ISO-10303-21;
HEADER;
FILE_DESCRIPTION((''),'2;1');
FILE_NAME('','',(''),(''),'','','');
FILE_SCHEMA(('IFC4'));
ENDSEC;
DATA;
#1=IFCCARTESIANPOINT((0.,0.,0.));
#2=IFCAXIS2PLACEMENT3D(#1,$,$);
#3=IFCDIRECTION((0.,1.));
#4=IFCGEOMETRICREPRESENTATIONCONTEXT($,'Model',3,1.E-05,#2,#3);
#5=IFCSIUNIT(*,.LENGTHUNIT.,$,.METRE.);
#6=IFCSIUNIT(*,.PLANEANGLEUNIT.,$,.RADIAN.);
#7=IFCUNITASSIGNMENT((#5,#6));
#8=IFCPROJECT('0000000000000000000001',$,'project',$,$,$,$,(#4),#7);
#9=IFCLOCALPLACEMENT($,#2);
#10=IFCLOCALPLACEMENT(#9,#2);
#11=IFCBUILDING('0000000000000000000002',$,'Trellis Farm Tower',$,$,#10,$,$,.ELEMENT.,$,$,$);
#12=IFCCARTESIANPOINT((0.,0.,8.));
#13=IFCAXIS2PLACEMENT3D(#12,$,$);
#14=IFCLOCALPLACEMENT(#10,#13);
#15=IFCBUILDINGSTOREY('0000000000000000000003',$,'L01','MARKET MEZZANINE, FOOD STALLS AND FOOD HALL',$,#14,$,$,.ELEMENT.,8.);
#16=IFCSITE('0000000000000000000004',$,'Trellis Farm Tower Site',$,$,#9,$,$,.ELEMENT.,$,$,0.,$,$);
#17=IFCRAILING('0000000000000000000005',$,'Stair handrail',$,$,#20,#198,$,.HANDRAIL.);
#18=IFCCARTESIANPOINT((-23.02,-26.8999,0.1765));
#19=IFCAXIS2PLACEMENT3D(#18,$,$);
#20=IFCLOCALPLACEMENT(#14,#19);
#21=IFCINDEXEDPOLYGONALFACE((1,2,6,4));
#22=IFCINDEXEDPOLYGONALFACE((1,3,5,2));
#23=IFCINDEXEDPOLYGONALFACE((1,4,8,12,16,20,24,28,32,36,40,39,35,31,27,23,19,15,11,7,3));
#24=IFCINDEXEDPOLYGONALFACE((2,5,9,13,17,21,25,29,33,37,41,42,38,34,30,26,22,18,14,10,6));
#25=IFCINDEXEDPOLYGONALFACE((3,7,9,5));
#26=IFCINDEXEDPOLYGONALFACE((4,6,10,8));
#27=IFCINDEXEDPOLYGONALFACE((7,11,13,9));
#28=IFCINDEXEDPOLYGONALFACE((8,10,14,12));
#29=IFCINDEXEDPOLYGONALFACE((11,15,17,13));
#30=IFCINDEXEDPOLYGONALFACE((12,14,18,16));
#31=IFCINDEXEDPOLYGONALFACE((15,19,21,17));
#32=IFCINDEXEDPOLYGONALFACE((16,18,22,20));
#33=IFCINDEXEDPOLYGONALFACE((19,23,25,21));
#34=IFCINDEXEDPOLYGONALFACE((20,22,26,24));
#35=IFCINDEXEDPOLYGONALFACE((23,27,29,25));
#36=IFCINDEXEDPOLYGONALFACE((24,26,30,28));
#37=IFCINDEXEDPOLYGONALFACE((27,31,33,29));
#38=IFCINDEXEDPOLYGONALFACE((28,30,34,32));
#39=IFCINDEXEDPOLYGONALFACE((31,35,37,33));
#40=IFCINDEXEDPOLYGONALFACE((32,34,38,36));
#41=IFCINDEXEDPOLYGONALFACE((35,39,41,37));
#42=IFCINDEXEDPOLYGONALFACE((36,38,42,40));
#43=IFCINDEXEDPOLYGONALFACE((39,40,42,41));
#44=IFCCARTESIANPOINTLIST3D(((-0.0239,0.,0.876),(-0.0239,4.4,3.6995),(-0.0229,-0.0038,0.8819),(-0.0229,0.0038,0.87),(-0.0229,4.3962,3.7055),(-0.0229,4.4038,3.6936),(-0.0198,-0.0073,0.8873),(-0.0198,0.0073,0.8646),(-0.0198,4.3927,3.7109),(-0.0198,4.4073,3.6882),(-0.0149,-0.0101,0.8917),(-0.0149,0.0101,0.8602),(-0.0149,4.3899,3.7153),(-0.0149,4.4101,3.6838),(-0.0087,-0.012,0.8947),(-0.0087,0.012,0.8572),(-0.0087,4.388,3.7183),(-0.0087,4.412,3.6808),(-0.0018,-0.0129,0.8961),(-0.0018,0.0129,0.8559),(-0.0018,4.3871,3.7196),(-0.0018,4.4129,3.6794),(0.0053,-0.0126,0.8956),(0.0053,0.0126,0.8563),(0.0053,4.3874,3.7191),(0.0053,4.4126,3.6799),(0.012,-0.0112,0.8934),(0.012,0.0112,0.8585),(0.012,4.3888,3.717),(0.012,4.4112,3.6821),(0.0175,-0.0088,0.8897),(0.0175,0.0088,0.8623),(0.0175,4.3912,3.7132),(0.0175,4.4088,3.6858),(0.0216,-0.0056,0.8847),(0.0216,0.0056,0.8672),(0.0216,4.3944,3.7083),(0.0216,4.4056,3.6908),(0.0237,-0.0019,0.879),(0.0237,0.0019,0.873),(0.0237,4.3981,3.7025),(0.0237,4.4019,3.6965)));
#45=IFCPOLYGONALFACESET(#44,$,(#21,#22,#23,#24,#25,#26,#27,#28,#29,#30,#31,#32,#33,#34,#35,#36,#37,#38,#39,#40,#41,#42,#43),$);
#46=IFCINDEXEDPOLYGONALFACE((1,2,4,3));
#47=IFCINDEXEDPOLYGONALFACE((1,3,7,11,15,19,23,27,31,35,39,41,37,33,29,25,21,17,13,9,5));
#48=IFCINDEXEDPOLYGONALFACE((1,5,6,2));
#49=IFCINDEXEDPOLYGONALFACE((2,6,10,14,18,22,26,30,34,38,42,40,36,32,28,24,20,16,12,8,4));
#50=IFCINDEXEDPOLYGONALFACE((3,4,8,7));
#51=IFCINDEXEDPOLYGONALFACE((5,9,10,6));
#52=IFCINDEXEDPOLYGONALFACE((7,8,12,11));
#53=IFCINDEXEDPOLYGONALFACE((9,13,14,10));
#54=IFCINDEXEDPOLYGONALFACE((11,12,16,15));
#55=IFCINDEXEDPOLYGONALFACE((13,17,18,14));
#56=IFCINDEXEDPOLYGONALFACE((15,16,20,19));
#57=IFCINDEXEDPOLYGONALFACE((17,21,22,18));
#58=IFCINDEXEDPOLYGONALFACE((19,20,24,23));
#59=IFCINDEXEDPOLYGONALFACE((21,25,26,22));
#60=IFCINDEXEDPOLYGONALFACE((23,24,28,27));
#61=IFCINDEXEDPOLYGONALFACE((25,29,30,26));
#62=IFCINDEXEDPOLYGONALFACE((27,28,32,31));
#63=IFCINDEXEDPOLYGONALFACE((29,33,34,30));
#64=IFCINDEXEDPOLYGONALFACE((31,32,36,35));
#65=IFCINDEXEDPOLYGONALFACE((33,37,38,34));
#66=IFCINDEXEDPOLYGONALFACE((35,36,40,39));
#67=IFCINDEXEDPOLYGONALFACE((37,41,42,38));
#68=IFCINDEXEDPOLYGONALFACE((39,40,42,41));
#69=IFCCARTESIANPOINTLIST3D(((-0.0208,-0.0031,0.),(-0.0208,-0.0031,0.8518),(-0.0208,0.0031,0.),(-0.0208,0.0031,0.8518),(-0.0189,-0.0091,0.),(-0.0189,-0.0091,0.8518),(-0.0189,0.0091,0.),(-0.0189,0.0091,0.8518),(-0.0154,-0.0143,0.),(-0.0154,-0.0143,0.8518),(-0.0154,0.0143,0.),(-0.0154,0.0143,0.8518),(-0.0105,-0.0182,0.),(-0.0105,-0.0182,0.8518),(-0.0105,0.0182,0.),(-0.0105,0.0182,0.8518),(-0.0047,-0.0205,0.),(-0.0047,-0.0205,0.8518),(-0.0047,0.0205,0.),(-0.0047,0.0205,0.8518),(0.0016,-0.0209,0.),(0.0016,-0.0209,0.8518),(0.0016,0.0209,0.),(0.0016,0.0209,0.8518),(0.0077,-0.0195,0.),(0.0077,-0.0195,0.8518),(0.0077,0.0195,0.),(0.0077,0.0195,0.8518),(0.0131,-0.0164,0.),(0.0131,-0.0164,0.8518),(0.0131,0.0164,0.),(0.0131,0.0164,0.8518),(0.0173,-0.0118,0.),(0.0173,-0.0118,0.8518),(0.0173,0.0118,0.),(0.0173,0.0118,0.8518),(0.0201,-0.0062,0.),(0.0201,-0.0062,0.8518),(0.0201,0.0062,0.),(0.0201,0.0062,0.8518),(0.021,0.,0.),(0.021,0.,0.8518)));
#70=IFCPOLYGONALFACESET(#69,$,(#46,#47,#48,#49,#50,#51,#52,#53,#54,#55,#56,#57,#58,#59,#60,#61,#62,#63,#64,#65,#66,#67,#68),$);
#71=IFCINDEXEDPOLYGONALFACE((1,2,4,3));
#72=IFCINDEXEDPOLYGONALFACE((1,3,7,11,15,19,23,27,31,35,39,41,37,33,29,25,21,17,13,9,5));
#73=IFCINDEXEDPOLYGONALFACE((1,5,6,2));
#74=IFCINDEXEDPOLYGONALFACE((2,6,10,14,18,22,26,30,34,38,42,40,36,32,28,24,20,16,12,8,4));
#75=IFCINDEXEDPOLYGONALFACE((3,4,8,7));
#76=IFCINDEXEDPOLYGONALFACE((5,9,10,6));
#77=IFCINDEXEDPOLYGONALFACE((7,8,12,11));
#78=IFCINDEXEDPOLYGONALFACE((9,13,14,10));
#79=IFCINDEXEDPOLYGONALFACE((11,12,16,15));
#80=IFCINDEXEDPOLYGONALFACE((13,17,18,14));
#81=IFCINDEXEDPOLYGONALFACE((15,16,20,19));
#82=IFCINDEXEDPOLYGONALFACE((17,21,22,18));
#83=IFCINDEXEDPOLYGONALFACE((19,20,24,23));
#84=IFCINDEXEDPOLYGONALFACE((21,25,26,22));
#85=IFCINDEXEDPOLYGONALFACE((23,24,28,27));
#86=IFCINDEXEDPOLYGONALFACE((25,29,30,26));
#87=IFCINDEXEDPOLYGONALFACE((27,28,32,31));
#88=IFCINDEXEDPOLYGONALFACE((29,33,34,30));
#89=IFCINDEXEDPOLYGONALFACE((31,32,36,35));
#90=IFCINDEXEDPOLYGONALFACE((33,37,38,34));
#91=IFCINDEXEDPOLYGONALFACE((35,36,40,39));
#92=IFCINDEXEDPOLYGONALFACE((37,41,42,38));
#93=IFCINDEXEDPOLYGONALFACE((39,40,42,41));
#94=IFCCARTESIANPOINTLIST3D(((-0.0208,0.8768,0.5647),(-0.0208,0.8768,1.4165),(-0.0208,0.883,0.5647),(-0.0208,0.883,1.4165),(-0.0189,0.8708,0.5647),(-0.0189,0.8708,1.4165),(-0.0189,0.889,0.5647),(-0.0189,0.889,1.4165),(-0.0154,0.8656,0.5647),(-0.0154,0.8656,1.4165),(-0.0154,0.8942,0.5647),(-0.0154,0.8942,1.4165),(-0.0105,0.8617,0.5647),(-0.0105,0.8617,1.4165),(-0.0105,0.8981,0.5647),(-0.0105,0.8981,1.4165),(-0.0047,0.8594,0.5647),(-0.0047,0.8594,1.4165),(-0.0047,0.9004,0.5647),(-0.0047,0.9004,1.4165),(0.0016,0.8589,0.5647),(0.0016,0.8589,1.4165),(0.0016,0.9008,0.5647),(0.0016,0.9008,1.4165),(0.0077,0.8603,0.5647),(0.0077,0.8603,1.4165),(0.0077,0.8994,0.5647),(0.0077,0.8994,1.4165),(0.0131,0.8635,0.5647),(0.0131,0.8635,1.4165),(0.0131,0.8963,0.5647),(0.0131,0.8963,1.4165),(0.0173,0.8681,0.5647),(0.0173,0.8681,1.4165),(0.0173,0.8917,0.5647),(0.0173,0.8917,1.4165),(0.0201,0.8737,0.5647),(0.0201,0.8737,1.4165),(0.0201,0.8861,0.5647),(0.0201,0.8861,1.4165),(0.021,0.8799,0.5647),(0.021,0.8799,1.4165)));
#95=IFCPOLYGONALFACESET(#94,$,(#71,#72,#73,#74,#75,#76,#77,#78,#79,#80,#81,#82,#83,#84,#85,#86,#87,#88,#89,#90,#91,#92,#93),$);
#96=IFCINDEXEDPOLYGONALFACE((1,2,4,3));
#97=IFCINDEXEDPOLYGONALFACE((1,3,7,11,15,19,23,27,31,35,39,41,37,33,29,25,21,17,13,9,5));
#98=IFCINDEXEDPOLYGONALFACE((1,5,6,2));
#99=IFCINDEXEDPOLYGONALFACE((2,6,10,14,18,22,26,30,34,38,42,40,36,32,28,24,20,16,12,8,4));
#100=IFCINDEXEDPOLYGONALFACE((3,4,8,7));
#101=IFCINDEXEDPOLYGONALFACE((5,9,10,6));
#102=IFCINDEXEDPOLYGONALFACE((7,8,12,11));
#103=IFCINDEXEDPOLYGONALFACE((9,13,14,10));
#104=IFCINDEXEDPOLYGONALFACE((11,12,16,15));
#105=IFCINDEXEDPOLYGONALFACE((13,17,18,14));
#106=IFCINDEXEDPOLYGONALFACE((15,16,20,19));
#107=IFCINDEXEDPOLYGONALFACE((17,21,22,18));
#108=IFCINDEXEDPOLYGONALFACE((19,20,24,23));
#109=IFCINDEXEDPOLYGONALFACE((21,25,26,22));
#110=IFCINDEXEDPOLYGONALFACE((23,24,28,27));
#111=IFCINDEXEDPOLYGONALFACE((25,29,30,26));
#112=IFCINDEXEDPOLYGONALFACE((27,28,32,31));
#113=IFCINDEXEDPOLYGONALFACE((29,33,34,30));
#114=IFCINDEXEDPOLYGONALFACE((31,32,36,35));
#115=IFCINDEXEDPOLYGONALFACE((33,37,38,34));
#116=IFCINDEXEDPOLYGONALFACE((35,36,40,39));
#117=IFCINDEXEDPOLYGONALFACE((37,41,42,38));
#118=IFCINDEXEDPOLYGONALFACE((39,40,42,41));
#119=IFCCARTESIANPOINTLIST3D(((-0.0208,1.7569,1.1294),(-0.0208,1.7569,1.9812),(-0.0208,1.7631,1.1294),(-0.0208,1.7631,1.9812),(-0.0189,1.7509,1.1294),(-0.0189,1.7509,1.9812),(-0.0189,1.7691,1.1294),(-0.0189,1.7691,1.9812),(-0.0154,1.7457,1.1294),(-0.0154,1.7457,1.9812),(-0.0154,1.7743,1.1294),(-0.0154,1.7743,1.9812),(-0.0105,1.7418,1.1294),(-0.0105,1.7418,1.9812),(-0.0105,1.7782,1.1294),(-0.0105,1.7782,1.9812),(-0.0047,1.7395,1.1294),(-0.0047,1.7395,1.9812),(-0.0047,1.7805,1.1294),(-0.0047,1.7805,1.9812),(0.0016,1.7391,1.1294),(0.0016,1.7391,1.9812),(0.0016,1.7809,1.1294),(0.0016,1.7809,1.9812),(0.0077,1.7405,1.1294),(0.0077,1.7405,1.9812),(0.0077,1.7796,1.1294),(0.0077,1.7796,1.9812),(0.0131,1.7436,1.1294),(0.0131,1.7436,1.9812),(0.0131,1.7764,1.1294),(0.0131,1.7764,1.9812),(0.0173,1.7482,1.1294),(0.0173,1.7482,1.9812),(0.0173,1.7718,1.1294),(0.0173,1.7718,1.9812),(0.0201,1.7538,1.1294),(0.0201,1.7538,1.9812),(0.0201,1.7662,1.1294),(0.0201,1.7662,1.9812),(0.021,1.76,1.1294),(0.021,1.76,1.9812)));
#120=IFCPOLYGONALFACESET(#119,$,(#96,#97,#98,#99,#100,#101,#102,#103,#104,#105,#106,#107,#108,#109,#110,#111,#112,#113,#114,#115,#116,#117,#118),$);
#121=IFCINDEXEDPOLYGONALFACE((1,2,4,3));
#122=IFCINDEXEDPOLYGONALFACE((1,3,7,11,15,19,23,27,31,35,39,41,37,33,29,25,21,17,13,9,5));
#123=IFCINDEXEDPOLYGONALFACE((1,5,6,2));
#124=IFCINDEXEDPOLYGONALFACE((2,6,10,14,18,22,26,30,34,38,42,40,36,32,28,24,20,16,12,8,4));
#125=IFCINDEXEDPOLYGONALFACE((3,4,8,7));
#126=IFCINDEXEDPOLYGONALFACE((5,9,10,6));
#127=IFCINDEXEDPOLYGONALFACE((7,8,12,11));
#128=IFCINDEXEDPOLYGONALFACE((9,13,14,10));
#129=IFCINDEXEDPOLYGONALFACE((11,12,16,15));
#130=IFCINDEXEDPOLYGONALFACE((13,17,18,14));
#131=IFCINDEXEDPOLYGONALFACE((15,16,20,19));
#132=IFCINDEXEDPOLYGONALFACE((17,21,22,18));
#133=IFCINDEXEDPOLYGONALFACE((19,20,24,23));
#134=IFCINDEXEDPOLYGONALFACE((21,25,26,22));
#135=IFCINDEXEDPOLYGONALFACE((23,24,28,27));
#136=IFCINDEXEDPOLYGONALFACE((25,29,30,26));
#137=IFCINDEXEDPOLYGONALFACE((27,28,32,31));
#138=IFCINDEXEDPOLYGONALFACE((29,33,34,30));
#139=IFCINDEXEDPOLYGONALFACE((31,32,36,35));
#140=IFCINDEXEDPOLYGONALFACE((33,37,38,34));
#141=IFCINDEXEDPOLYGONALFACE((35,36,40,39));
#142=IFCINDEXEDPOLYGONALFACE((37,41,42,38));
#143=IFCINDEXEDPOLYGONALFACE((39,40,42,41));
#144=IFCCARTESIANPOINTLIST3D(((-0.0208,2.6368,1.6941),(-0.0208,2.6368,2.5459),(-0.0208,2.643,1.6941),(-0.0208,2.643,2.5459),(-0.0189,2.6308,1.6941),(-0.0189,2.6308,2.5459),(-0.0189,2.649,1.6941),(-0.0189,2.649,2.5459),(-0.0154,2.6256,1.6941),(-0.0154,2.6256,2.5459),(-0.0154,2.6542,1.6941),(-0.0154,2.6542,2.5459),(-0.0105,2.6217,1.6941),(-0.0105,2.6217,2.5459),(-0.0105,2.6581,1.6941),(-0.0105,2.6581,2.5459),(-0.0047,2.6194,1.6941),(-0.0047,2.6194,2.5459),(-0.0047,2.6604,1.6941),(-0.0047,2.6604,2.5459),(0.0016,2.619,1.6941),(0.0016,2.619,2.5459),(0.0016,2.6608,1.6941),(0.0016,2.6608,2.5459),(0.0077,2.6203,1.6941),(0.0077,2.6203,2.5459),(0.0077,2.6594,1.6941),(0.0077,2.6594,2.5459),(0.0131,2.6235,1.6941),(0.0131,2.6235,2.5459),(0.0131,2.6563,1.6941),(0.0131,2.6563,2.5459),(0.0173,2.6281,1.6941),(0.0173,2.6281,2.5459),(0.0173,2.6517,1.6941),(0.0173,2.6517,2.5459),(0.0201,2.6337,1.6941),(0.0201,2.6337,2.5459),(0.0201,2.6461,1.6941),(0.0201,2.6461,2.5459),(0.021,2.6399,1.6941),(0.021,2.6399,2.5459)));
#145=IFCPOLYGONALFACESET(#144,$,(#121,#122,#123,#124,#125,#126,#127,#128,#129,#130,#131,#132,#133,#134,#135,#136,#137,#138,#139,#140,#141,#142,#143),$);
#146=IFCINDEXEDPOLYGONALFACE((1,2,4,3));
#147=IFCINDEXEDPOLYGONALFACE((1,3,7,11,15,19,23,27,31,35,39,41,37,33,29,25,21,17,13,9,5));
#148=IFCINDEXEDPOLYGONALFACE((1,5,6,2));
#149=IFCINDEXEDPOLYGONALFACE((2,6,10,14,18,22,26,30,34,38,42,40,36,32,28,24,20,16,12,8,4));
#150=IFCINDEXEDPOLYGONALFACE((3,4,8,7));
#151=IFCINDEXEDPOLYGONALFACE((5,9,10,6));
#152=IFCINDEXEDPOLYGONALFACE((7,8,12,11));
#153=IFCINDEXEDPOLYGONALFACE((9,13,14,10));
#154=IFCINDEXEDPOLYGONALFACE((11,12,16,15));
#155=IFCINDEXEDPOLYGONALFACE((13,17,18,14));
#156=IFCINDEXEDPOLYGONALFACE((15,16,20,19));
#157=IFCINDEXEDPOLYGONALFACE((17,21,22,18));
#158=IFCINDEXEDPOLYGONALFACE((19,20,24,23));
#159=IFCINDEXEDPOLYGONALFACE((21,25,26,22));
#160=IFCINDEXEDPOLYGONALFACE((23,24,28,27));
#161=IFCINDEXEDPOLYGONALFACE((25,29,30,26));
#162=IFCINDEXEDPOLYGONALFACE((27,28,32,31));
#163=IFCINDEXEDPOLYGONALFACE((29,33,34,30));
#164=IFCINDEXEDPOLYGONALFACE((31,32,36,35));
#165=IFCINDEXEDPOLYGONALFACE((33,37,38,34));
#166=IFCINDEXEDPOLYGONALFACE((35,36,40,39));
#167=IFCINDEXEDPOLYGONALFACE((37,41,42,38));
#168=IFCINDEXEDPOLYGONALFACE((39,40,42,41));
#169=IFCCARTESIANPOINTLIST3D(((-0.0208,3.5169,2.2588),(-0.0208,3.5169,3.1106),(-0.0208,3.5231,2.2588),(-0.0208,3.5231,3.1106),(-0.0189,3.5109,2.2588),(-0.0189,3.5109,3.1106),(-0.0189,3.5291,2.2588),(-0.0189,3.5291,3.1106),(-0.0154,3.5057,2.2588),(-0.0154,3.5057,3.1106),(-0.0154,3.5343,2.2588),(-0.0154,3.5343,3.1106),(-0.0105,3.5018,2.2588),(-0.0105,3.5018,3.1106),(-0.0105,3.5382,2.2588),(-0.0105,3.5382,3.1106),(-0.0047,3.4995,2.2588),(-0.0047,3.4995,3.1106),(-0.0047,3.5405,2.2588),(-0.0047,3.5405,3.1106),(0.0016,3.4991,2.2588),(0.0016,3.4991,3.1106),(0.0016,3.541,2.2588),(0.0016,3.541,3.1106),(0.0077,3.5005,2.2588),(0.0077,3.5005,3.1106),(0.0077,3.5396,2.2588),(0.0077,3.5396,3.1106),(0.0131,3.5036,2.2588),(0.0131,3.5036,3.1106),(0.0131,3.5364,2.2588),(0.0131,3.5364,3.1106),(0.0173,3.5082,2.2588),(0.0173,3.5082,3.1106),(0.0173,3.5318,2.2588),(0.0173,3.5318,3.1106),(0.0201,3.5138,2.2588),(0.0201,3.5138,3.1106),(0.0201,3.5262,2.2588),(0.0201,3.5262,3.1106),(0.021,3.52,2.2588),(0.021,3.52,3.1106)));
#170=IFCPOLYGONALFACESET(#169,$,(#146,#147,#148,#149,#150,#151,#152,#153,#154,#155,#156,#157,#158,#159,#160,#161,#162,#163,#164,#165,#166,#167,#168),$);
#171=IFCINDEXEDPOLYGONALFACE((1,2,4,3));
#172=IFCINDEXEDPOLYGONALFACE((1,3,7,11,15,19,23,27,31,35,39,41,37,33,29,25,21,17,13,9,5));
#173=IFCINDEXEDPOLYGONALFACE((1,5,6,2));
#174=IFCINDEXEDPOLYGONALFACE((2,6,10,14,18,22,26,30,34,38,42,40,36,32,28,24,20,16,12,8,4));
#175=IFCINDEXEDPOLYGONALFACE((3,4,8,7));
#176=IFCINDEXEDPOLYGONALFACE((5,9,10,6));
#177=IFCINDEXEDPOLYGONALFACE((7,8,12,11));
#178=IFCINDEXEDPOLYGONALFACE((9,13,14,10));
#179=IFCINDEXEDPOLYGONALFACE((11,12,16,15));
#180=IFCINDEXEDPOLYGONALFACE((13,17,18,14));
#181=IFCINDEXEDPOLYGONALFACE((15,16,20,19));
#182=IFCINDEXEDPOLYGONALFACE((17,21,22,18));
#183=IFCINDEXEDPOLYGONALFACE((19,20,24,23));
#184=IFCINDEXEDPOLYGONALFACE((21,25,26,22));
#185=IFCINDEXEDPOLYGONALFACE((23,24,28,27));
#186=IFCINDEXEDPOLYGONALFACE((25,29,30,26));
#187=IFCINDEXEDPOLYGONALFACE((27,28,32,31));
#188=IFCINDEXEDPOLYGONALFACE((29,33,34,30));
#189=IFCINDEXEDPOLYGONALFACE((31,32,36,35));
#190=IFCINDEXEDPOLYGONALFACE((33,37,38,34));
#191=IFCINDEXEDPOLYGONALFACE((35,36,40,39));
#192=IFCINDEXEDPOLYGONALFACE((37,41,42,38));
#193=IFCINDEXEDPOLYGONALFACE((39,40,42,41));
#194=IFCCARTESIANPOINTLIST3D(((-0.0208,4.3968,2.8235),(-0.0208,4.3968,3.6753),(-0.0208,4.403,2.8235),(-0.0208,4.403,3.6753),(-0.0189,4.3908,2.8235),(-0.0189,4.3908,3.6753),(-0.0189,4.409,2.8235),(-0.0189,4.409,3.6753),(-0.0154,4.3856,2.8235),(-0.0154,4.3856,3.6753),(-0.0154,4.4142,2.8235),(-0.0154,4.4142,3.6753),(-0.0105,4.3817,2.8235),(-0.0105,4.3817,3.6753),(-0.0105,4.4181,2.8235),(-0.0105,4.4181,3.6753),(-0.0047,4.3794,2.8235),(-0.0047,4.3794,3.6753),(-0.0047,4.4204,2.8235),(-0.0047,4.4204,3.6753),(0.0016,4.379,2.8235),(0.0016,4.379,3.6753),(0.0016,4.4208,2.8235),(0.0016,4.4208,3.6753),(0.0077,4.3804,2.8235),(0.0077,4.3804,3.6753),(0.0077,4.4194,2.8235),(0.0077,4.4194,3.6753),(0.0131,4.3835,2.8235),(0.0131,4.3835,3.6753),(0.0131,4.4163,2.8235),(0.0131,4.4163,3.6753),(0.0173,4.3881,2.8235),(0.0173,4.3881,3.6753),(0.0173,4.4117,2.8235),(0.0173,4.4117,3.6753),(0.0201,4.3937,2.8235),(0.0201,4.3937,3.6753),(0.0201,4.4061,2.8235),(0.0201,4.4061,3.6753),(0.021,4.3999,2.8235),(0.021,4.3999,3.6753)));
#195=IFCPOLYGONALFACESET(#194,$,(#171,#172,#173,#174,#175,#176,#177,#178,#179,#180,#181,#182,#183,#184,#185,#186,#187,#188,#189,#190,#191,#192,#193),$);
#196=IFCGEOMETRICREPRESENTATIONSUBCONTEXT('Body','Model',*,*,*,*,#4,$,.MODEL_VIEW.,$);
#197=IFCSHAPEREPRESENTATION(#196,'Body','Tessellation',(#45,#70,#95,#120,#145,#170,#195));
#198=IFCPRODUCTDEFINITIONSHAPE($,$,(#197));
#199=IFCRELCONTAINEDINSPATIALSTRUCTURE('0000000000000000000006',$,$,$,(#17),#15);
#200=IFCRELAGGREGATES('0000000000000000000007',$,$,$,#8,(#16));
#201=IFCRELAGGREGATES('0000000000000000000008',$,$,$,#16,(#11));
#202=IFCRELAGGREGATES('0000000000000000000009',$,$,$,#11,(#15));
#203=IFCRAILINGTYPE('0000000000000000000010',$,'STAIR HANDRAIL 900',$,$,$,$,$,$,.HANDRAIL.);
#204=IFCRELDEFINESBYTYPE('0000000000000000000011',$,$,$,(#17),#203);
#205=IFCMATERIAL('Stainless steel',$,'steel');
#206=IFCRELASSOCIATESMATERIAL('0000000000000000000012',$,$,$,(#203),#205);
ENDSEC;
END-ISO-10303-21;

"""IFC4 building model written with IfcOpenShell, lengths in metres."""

from ifc_helpers import new_model, si_unit, direction, frame, origin, origin_2d, place, context, subcontext, project, spatial, circle, extrude, source, transform, mapped, material, type_object, element, save


model = new_model("IFC4")

# Units and contexts
model_context = context("Model", 3, precision=1e-05, world=origin(), true_north=direction((0.0, 1.0)))
body_context = subcontext(model_context, "Body", "Model", "MODEL_VIEW")
ifc_project = project(units=[si_unit("LENGTHUNIT", "METRE"), si_unit("PLANEANGLEUNIT", "RADIAN")], contexts=[model_context])

# Site, building, storey
site_placement = place(None, origin())
site = spatial("IfcSite", under=ifc_project, at=site_placement, Name="Trellis Farm Tower Site", CompositionType="ELEMENT", RefElevation=0.0)
building_placement = place(site_placement, origin())
building = spatial("IfcBuilding", under=site, at=building_placement, Name="Trellis Farm Tower", CompositionType="ELEMENT")
storey_placement = place(building_placement, frame((0.0, 0.0, 8.0)))
storey = spatial("IfcBuildingStorey", under=building, at=storey_placement, Name="L01", Description="MARKET MEZZANINE, FOOD STALLS AND FOOD HALL", CompositionType="ELEMENT", Elevation=8.0)

# Railing
ifc_material_1 = material(Name="Stainless steel", Category="steel")
railing_type = type_object("IfcRailingType", Name="STAIR HANDRAIL 900", PredefinedType="HANDRAIL", material=ifc_material_1)
shared_shape_1 = source(origin(), body_context, "Body", "SweptSolid", [
    extrude(circle(Radius=0.0239, at=origin_2d()), frame((0.0, 0.0, 0.876), z_axis=(0.0, 0.841615, 0.540078), x_axis=(-1.0, 0.0, 0.0)), (0.0, 0.0, 1.0), 5.228),
    extrude(circle(Radius=0.021, at=origin_2d()), origin(), (0.0, 0.0, 1.0), 0.8518),
    extrude(circle(Radius=0.021, at=origin_2d()), frame((0.0, 0.8799, 0.5647)), (0.0, 0.0, 1.0), 0.8518),
    extrude(circle(Radius=0.021, at=origin_2d()), frame((0.0, 1.76, 1.1294)), (0.0, 0.0, 1.0), 0.8518),
    extrude(circle(Radius=0.021, at=origin_2d()), frame((0.0, 2.6399, 1.6941)), (0.0, 0.0, 1.0), 0.8518),
    extrude(circle(Radius=0.021, at=origin_2d()), frame((0.0, 3.52, 2.2588)), (0.0, 0.0, 1.0), 0.8518),
    extrude(circle(Radius=0.021, at=origin_2d()), frame((0.0, 4.3999, 2.8235)), (0.0, 0.0, 1.0), 0.8518),
])
railing_placement = place(storey_placement, frame((-23.02, -26.8999, 0.1765)))
element("IfcRailing", 1, at=railing_placement, inside=storey, type_object=railing_type, Name="Stair handrail", PredefinedType="HANDRAIL", context=body_context, shape_type="MappedRepresentation", body=[
    mapped(shared_shape_1, transform((0.0, 0.0, 0.0))),
])

save(model, "model.ifc")
